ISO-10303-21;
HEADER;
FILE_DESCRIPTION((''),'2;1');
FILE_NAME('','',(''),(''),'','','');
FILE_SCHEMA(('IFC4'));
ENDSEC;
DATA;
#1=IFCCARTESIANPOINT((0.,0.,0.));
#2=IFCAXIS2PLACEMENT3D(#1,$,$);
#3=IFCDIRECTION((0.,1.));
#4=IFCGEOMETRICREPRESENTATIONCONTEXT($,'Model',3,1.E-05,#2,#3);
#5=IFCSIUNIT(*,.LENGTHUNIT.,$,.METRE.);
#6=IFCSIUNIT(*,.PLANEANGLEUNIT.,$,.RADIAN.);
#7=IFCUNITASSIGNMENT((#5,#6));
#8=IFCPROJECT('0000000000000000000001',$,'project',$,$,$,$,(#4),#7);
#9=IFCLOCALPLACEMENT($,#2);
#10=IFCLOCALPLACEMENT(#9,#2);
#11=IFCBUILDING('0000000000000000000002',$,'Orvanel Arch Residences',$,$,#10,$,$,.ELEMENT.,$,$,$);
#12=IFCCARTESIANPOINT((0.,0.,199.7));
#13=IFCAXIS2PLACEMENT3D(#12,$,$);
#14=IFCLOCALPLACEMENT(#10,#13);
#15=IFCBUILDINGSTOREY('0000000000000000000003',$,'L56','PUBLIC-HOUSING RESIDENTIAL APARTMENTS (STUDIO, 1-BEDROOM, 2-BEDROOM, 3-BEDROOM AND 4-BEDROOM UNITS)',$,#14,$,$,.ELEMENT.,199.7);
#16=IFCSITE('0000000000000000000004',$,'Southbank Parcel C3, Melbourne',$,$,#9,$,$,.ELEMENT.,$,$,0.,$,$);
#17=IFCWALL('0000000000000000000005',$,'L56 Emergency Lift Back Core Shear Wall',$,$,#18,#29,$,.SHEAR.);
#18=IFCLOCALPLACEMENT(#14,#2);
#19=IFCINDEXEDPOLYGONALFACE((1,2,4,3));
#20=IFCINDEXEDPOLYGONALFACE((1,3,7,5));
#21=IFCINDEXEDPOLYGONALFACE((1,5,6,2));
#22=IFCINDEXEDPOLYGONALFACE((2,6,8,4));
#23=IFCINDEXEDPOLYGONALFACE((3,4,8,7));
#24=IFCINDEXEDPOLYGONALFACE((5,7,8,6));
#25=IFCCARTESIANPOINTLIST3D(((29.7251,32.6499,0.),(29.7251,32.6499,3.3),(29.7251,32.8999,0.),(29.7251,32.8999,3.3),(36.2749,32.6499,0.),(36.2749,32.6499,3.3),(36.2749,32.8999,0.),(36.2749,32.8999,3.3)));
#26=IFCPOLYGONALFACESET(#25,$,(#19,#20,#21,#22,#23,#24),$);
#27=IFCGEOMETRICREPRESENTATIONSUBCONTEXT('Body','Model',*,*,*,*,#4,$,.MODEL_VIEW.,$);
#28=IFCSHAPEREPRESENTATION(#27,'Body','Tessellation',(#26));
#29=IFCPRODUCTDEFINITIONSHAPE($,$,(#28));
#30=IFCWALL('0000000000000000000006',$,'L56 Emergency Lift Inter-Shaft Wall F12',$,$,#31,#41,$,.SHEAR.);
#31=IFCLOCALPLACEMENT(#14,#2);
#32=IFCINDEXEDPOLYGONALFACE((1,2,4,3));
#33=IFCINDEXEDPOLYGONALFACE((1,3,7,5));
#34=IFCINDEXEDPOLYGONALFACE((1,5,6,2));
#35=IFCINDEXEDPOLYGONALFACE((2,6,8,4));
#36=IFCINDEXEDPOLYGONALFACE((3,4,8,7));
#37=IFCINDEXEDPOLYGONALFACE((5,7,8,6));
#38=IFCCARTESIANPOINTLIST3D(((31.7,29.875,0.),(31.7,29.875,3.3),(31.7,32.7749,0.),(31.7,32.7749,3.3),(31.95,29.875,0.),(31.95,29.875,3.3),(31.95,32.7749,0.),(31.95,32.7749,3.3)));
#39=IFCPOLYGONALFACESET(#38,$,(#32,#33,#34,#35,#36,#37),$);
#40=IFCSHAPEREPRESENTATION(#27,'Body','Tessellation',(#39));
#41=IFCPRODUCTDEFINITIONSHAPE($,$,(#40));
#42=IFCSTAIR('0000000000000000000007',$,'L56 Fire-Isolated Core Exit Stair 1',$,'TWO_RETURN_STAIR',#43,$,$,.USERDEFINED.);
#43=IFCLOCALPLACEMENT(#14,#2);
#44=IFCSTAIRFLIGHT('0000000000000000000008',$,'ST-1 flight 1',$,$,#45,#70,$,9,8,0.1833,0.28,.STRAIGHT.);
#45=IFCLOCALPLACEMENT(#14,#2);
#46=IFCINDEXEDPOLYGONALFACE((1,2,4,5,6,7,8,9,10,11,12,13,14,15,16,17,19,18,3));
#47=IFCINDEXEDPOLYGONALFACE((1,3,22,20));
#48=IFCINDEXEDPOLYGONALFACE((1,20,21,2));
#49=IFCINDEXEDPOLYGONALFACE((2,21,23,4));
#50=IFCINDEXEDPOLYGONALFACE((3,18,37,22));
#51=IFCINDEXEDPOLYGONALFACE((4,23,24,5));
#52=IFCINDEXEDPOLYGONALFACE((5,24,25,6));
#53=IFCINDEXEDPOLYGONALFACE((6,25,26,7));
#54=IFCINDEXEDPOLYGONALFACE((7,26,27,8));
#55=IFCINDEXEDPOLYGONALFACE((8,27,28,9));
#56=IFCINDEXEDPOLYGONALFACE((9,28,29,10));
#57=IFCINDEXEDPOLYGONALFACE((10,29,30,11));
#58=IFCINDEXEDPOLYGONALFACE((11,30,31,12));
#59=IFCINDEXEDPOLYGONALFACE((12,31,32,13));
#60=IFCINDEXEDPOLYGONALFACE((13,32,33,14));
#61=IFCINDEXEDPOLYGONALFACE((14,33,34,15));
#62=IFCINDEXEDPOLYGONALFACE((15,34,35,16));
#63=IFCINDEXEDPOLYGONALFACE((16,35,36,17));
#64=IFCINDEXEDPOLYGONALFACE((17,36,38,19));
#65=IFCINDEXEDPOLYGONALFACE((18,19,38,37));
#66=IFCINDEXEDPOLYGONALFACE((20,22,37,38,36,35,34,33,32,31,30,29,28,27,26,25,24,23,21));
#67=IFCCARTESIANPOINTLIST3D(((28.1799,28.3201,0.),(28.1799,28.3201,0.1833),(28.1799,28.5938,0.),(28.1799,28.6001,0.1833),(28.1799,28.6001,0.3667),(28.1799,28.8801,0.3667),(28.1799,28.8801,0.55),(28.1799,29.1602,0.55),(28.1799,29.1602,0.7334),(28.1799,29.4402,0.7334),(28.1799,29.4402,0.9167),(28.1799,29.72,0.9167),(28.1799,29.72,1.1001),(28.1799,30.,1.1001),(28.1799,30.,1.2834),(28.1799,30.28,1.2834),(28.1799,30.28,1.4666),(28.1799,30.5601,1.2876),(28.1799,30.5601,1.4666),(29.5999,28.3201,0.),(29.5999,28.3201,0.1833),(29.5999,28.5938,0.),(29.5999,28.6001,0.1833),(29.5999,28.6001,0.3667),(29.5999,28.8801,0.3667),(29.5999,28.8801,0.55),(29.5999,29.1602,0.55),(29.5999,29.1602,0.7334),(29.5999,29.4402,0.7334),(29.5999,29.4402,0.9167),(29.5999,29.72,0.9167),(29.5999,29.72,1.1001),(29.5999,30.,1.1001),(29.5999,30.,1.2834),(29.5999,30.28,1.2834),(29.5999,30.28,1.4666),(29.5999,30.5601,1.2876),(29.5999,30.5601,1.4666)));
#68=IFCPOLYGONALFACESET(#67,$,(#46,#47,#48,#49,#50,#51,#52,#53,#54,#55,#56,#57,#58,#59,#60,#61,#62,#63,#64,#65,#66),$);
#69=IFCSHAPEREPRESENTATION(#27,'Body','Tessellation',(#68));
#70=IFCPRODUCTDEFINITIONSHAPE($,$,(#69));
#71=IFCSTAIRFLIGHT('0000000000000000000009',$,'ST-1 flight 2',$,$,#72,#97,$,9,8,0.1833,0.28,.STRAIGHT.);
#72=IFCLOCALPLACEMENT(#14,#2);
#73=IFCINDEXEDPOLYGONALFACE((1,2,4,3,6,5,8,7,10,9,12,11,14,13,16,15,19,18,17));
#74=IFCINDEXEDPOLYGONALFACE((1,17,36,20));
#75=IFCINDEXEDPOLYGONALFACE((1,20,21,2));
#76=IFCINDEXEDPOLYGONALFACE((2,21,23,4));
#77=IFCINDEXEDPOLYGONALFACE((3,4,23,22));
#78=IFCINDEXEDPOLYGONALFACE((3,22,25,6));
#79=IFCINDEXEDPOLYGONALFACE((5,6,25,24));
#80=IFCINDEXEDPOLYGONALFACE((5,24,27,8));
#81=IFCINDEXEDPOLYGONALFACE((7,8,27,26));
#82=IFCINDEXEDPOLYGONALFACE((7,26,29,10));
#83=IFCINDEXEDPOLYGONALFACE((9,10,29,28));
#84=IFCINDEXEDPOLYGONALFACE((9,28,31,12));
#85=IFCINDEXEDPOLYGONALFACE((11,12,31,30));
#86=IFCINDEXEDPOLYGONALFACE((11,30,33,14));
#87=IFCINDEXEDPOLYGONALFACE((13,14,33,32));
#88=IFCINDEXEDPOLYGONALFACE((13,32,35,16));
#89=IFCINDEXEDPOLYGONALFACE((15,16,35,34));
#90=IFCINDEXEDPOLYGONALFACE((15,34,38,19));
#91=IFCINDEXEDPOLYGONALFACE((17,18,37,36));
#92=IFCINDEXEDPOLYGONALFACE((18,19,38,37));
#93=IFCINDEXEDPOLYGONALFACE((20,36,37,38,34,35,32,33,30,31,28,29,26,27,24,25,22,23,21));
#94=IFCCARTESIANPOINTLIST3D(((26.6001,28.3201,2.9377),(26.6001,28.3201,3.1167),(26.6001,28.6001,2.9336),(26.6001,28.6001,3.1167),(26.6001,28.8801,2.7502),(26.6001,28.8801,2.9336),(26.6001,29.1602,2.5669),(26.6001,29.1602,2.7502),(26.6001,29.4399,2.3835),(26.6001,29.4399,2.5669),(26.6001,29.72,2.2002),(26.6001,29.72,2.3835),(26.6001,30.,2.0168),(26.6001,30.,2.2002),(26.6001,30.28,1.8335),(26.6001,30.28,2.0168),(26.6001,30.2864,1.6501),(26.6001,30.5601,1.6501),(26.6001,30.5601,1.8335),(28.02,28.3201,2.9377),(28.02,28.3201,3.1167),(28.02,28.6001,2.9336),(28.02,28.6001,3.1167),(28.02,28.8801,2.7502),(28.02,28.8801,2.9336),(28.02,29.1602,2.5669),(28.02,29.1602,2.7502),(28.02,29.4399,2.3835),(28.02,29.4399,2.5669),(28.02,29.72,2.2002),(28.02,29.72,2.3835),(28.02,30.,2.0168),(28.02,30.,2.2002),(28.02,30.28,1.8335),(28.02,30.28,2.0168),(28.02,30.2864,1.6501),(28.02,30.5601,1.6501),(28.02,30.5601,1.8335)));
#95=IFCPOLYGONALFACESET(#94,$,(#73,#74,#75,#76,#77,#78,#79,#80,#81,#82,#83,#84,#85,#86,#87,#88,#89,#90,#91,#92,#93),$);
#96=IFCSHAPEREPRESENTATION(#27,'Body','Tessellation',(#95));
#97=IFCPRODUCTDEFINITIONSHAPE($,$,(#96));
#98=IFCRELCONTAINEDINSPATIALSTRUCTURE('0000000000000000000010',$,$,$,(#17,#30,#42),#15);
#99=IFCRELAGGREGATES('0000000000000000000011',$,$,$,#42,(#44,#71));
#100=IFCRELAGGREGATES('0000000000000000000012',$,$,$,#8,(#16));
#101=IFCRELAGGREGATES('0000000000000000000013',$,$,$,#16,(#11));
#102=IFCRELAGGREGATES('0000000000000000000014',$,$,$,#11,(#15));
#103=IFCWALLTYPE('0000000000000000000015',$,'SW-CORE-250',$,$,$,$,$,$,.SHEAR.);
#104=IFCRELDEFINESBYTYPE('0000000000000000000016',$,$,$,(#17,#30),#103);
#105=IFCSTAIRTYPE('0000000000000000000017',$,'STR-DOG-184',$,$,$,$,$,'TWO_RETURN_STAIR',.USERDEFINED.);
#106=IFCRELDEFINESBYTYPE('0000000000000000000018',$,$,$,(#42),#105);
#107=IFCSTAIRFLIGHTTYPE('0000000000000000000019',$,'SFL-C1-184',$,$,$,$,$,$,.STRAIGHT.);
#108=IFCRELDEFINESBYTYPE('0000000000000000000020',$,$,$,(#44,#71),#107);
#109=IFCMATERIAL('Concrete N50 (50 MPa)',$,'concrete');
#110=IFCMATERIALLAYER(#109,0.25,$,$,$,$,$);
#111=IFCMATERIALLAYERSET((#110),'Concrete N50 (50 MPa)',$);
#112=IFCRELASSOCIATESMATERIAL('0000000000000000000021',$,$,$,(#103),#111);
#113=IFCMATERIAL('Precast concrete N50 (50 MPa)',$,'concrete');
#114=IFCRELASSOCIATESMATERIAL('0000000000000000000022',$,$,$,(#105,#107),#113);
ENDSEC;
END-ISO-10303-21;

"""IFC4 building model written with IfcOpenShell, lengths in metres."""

from ifc_helpers import new_model, si_unit, direction, frame, frame_2d, origin, place, context, subcontext, project, spatial, polyline, rectangle, outline, extrude, material, layer, layer_set, type_object, element, aggregate, save


model = new_model("IFC4")

# Units and contexts
model_context = context("Model", 3, precision=1e-05, world=origin(), true_north=direction((0.0, 1.0)))
body_context = subcontext(model_context, "Body", "Model", "MODEL_VIEW")
ifc_project = project(units=[si_unit("LENGTHUNIT", "METRE"), si_unit("PLANEANGLEUNIT", "RADIAN")], contexts=[model_context])

# Site, building, storey
site_placement = place(None, origin())
site = spatial("IfcSite", under=ifc_project, at=site_placement, Name="Southbank Parcel C3, Melbourne", CompositionType="ELEMENT", RefElevation=0.0)
building_placement = place(site_placement, origin())
building = spatial("IfcBuilding", under=site, at=building_placement, Name="Orvanel Arch Residences", CompositionType="ELEMENT")
storey_placement = place(building_placement, frame((0.0, 0.0, 199.7)))
storey = spatial("IfcBuildingStorey", under=building, at=storey_placement, Name="L56", Description="PUBLIC-HOUSING RESIDENTIAL APARTMENTS (STUDIO, 1-BEDROOM, 2-BEDROOM, 3-BEDROOM AND 4-BEDROOM UNITS)", CompositionType="ELEMENT", Elevation=199.7)

# Shared definitions
ifc_material_1 = material(Name="Concrete N50 (50 MPa)", Category="concrete")
ifc_layer = layer(ifc_material_1, 0.25)
ifc_layer_set = layer_set([ifc_layer], Name="Concrete N50 (50 MPa)")
wall_type = type_object("IfcWallType", Name="SW-CORE-250", PredefinedType="SHEAR", material=ifc_layer_set)

# Walls
wall_1_placement = place(storey_placement, frame((29.7251, 32.7749, 0.0), z_axis=(0.0, 0.0, 1.0), x_axis=(1.0, 0.0, 0.0)))
element("IfcWall", 1, at=wall_1_placement, inside=storey, type_object=wall_type, Name="L56 Emergency Lift Back Core Shear Wall", PredefinedType="SHEAR", context=body_context, shape_type="SweptSolid", body=[
    extrude(rectangle(XDim=6.5498, YDim=0.25, at=frame_2d((3.2749, 0.0))), origin(), (0.0, 0.0, 1.0), 3.3),
])
wall_2_placement = place(storey_placement, frame((31.825, 29.875, 0.0), z_axis=(0.0, 0.0, 1.0), x_axis=(0.0, 1.0, 0.0)))
element("IfcWall", 2, at=wall_2_placement, inside=storey, type_object=wall_type, Name="L56 Emergency Lift Inter-Shaft Wall F12", PredefinedType="SHEAR", context=body_context, shape_type="SweptSolid", body=[
    extrude(rectangle(XDim=2.8999, YDim=0.25, at=frame_2d((1.45, 0.0))), origin(), (0.0, 0.0, 1.0), 3.3),
])

# Stair, stair flights
ifc_material_2 = material(Name="Precast concrete N50 (50 MPa)", Category="concrete")
stair_type = type_object("IfcStairType", Name="STR-DOG-184", ElementType="TWO_RETURN_STAIR", PredefinedType="USERDEFINED", material=ifc_material_2)
stair_placement = place(storey_placement, origin())
stair = element("IfcStair", 3, at=stair_placement, inside=storey, type_object=stair_type, Name="L56 Fire-Isolated Core Exit Stair 1", ObjectType="TWO_RETURN_STAIR", PredefinedType="USERDEFINED")
stair_flight_type = type_object("IfcStairFlightType", Name="SFL-C1-184", PredefinedType="STRAIGHT", material=ifc_material_2)
stair_flight_1_placement = place(storey_placement, frame((28.8899, 28.3201, 0.0), z_axis=(0.0, 0.0, 1.0), x_axis=(0.0, 1.0, 0.0)))
stair_flight_1 = element("IfcStairFlight", 4, at=stair_flight_1_placement, type_object=stair_flight_type, Name="ST-1 flight 1", NumberOfRisers=9, NumberOfTreads=8, PredefinedType="STRAIGHT", RiserHeight=0.1833, TreadLength=0.28, context=body_context, shape_type="SweptSolid", body=[
    extrude(outline(polyline([(0.0, 0.0), (0.0, 0.1833), (0.28, 0.1833), (0.28, 0.3667), (0.5601, 0.3667), (0.5601, 0.55), (0.8401, 0.55), (0.8401, 0.7334), (1.1201, 0.7334), (1.1201, 0.9167), (1.3999, 0.9167), (1.3999, 1.1001), (1.6799, 1.1001), (1.6799, 1.2834), (1.96, 1.2834), (1.96, 1.4666), (2.24, 1.4666), (2.24, 1.6499), (2.24, 1.2876), (0.2737, 0.0), (0.0, 0.0)])), frame((0.0, 0.71, 0.0), z_axis=(0.0, -1.0, 0.0), x_axis=(1.0, 0.0, 0.0)), (0.0, 0.0, 1.0), 1.4199),
])
stair_flight_2_placement = place(storey_placement, frame((27.3101, 30.5601, 1.6501), z_axis=(0.0, 0.0, 1.0), x_axis=(0.0, -1.0, 0.0)))
stair_flight_2 = element("IfcStairFlight", 5, at=stair_flight_2_placement, type_object=stair_flight_type, Name="ST-1 flight 2", NumberOfRisers=9, NumberOfTreads=8, PredefinedType="STRAIGHT", RiserHeight=0.1833, TreadLength=0.28, context=body_context, shape_type="SweptSolid", body=[
    extrude(outline(polyline([(0.0, 0.0), (0.0, 0.1833), (0.28, 0.1833), (0.28, 0.3667), (0.5601, 0.3667), (0.5601, 0.55), (0.8401, 0.55), (0.8401, 0.7334), (1.1201, 0.7334), (1.1201, 0.9167), (1.3999, 0.9167), (1.3999, 1.1001), (1.6799, 1.1001), (1.6799, 1.2834), (1.96, 1.2834), (1.96, 1.4666), (2.24, 1.4666), (2.24, 1.6499), (2.24, 1.2876), (0.2737, 0.0), (0.0, 0.0)])), frame((0.0, 0.71, 0.0), z_axis=(0.0, -1.0, 0.0), x_axis=(1.0, 0.0, 0.0)), (0.0, 0.0, 1.0), 1.4199),
])
aggregate(stair, [stair_flight_1, stair_flight_2])

save(model, "model.ifc")
